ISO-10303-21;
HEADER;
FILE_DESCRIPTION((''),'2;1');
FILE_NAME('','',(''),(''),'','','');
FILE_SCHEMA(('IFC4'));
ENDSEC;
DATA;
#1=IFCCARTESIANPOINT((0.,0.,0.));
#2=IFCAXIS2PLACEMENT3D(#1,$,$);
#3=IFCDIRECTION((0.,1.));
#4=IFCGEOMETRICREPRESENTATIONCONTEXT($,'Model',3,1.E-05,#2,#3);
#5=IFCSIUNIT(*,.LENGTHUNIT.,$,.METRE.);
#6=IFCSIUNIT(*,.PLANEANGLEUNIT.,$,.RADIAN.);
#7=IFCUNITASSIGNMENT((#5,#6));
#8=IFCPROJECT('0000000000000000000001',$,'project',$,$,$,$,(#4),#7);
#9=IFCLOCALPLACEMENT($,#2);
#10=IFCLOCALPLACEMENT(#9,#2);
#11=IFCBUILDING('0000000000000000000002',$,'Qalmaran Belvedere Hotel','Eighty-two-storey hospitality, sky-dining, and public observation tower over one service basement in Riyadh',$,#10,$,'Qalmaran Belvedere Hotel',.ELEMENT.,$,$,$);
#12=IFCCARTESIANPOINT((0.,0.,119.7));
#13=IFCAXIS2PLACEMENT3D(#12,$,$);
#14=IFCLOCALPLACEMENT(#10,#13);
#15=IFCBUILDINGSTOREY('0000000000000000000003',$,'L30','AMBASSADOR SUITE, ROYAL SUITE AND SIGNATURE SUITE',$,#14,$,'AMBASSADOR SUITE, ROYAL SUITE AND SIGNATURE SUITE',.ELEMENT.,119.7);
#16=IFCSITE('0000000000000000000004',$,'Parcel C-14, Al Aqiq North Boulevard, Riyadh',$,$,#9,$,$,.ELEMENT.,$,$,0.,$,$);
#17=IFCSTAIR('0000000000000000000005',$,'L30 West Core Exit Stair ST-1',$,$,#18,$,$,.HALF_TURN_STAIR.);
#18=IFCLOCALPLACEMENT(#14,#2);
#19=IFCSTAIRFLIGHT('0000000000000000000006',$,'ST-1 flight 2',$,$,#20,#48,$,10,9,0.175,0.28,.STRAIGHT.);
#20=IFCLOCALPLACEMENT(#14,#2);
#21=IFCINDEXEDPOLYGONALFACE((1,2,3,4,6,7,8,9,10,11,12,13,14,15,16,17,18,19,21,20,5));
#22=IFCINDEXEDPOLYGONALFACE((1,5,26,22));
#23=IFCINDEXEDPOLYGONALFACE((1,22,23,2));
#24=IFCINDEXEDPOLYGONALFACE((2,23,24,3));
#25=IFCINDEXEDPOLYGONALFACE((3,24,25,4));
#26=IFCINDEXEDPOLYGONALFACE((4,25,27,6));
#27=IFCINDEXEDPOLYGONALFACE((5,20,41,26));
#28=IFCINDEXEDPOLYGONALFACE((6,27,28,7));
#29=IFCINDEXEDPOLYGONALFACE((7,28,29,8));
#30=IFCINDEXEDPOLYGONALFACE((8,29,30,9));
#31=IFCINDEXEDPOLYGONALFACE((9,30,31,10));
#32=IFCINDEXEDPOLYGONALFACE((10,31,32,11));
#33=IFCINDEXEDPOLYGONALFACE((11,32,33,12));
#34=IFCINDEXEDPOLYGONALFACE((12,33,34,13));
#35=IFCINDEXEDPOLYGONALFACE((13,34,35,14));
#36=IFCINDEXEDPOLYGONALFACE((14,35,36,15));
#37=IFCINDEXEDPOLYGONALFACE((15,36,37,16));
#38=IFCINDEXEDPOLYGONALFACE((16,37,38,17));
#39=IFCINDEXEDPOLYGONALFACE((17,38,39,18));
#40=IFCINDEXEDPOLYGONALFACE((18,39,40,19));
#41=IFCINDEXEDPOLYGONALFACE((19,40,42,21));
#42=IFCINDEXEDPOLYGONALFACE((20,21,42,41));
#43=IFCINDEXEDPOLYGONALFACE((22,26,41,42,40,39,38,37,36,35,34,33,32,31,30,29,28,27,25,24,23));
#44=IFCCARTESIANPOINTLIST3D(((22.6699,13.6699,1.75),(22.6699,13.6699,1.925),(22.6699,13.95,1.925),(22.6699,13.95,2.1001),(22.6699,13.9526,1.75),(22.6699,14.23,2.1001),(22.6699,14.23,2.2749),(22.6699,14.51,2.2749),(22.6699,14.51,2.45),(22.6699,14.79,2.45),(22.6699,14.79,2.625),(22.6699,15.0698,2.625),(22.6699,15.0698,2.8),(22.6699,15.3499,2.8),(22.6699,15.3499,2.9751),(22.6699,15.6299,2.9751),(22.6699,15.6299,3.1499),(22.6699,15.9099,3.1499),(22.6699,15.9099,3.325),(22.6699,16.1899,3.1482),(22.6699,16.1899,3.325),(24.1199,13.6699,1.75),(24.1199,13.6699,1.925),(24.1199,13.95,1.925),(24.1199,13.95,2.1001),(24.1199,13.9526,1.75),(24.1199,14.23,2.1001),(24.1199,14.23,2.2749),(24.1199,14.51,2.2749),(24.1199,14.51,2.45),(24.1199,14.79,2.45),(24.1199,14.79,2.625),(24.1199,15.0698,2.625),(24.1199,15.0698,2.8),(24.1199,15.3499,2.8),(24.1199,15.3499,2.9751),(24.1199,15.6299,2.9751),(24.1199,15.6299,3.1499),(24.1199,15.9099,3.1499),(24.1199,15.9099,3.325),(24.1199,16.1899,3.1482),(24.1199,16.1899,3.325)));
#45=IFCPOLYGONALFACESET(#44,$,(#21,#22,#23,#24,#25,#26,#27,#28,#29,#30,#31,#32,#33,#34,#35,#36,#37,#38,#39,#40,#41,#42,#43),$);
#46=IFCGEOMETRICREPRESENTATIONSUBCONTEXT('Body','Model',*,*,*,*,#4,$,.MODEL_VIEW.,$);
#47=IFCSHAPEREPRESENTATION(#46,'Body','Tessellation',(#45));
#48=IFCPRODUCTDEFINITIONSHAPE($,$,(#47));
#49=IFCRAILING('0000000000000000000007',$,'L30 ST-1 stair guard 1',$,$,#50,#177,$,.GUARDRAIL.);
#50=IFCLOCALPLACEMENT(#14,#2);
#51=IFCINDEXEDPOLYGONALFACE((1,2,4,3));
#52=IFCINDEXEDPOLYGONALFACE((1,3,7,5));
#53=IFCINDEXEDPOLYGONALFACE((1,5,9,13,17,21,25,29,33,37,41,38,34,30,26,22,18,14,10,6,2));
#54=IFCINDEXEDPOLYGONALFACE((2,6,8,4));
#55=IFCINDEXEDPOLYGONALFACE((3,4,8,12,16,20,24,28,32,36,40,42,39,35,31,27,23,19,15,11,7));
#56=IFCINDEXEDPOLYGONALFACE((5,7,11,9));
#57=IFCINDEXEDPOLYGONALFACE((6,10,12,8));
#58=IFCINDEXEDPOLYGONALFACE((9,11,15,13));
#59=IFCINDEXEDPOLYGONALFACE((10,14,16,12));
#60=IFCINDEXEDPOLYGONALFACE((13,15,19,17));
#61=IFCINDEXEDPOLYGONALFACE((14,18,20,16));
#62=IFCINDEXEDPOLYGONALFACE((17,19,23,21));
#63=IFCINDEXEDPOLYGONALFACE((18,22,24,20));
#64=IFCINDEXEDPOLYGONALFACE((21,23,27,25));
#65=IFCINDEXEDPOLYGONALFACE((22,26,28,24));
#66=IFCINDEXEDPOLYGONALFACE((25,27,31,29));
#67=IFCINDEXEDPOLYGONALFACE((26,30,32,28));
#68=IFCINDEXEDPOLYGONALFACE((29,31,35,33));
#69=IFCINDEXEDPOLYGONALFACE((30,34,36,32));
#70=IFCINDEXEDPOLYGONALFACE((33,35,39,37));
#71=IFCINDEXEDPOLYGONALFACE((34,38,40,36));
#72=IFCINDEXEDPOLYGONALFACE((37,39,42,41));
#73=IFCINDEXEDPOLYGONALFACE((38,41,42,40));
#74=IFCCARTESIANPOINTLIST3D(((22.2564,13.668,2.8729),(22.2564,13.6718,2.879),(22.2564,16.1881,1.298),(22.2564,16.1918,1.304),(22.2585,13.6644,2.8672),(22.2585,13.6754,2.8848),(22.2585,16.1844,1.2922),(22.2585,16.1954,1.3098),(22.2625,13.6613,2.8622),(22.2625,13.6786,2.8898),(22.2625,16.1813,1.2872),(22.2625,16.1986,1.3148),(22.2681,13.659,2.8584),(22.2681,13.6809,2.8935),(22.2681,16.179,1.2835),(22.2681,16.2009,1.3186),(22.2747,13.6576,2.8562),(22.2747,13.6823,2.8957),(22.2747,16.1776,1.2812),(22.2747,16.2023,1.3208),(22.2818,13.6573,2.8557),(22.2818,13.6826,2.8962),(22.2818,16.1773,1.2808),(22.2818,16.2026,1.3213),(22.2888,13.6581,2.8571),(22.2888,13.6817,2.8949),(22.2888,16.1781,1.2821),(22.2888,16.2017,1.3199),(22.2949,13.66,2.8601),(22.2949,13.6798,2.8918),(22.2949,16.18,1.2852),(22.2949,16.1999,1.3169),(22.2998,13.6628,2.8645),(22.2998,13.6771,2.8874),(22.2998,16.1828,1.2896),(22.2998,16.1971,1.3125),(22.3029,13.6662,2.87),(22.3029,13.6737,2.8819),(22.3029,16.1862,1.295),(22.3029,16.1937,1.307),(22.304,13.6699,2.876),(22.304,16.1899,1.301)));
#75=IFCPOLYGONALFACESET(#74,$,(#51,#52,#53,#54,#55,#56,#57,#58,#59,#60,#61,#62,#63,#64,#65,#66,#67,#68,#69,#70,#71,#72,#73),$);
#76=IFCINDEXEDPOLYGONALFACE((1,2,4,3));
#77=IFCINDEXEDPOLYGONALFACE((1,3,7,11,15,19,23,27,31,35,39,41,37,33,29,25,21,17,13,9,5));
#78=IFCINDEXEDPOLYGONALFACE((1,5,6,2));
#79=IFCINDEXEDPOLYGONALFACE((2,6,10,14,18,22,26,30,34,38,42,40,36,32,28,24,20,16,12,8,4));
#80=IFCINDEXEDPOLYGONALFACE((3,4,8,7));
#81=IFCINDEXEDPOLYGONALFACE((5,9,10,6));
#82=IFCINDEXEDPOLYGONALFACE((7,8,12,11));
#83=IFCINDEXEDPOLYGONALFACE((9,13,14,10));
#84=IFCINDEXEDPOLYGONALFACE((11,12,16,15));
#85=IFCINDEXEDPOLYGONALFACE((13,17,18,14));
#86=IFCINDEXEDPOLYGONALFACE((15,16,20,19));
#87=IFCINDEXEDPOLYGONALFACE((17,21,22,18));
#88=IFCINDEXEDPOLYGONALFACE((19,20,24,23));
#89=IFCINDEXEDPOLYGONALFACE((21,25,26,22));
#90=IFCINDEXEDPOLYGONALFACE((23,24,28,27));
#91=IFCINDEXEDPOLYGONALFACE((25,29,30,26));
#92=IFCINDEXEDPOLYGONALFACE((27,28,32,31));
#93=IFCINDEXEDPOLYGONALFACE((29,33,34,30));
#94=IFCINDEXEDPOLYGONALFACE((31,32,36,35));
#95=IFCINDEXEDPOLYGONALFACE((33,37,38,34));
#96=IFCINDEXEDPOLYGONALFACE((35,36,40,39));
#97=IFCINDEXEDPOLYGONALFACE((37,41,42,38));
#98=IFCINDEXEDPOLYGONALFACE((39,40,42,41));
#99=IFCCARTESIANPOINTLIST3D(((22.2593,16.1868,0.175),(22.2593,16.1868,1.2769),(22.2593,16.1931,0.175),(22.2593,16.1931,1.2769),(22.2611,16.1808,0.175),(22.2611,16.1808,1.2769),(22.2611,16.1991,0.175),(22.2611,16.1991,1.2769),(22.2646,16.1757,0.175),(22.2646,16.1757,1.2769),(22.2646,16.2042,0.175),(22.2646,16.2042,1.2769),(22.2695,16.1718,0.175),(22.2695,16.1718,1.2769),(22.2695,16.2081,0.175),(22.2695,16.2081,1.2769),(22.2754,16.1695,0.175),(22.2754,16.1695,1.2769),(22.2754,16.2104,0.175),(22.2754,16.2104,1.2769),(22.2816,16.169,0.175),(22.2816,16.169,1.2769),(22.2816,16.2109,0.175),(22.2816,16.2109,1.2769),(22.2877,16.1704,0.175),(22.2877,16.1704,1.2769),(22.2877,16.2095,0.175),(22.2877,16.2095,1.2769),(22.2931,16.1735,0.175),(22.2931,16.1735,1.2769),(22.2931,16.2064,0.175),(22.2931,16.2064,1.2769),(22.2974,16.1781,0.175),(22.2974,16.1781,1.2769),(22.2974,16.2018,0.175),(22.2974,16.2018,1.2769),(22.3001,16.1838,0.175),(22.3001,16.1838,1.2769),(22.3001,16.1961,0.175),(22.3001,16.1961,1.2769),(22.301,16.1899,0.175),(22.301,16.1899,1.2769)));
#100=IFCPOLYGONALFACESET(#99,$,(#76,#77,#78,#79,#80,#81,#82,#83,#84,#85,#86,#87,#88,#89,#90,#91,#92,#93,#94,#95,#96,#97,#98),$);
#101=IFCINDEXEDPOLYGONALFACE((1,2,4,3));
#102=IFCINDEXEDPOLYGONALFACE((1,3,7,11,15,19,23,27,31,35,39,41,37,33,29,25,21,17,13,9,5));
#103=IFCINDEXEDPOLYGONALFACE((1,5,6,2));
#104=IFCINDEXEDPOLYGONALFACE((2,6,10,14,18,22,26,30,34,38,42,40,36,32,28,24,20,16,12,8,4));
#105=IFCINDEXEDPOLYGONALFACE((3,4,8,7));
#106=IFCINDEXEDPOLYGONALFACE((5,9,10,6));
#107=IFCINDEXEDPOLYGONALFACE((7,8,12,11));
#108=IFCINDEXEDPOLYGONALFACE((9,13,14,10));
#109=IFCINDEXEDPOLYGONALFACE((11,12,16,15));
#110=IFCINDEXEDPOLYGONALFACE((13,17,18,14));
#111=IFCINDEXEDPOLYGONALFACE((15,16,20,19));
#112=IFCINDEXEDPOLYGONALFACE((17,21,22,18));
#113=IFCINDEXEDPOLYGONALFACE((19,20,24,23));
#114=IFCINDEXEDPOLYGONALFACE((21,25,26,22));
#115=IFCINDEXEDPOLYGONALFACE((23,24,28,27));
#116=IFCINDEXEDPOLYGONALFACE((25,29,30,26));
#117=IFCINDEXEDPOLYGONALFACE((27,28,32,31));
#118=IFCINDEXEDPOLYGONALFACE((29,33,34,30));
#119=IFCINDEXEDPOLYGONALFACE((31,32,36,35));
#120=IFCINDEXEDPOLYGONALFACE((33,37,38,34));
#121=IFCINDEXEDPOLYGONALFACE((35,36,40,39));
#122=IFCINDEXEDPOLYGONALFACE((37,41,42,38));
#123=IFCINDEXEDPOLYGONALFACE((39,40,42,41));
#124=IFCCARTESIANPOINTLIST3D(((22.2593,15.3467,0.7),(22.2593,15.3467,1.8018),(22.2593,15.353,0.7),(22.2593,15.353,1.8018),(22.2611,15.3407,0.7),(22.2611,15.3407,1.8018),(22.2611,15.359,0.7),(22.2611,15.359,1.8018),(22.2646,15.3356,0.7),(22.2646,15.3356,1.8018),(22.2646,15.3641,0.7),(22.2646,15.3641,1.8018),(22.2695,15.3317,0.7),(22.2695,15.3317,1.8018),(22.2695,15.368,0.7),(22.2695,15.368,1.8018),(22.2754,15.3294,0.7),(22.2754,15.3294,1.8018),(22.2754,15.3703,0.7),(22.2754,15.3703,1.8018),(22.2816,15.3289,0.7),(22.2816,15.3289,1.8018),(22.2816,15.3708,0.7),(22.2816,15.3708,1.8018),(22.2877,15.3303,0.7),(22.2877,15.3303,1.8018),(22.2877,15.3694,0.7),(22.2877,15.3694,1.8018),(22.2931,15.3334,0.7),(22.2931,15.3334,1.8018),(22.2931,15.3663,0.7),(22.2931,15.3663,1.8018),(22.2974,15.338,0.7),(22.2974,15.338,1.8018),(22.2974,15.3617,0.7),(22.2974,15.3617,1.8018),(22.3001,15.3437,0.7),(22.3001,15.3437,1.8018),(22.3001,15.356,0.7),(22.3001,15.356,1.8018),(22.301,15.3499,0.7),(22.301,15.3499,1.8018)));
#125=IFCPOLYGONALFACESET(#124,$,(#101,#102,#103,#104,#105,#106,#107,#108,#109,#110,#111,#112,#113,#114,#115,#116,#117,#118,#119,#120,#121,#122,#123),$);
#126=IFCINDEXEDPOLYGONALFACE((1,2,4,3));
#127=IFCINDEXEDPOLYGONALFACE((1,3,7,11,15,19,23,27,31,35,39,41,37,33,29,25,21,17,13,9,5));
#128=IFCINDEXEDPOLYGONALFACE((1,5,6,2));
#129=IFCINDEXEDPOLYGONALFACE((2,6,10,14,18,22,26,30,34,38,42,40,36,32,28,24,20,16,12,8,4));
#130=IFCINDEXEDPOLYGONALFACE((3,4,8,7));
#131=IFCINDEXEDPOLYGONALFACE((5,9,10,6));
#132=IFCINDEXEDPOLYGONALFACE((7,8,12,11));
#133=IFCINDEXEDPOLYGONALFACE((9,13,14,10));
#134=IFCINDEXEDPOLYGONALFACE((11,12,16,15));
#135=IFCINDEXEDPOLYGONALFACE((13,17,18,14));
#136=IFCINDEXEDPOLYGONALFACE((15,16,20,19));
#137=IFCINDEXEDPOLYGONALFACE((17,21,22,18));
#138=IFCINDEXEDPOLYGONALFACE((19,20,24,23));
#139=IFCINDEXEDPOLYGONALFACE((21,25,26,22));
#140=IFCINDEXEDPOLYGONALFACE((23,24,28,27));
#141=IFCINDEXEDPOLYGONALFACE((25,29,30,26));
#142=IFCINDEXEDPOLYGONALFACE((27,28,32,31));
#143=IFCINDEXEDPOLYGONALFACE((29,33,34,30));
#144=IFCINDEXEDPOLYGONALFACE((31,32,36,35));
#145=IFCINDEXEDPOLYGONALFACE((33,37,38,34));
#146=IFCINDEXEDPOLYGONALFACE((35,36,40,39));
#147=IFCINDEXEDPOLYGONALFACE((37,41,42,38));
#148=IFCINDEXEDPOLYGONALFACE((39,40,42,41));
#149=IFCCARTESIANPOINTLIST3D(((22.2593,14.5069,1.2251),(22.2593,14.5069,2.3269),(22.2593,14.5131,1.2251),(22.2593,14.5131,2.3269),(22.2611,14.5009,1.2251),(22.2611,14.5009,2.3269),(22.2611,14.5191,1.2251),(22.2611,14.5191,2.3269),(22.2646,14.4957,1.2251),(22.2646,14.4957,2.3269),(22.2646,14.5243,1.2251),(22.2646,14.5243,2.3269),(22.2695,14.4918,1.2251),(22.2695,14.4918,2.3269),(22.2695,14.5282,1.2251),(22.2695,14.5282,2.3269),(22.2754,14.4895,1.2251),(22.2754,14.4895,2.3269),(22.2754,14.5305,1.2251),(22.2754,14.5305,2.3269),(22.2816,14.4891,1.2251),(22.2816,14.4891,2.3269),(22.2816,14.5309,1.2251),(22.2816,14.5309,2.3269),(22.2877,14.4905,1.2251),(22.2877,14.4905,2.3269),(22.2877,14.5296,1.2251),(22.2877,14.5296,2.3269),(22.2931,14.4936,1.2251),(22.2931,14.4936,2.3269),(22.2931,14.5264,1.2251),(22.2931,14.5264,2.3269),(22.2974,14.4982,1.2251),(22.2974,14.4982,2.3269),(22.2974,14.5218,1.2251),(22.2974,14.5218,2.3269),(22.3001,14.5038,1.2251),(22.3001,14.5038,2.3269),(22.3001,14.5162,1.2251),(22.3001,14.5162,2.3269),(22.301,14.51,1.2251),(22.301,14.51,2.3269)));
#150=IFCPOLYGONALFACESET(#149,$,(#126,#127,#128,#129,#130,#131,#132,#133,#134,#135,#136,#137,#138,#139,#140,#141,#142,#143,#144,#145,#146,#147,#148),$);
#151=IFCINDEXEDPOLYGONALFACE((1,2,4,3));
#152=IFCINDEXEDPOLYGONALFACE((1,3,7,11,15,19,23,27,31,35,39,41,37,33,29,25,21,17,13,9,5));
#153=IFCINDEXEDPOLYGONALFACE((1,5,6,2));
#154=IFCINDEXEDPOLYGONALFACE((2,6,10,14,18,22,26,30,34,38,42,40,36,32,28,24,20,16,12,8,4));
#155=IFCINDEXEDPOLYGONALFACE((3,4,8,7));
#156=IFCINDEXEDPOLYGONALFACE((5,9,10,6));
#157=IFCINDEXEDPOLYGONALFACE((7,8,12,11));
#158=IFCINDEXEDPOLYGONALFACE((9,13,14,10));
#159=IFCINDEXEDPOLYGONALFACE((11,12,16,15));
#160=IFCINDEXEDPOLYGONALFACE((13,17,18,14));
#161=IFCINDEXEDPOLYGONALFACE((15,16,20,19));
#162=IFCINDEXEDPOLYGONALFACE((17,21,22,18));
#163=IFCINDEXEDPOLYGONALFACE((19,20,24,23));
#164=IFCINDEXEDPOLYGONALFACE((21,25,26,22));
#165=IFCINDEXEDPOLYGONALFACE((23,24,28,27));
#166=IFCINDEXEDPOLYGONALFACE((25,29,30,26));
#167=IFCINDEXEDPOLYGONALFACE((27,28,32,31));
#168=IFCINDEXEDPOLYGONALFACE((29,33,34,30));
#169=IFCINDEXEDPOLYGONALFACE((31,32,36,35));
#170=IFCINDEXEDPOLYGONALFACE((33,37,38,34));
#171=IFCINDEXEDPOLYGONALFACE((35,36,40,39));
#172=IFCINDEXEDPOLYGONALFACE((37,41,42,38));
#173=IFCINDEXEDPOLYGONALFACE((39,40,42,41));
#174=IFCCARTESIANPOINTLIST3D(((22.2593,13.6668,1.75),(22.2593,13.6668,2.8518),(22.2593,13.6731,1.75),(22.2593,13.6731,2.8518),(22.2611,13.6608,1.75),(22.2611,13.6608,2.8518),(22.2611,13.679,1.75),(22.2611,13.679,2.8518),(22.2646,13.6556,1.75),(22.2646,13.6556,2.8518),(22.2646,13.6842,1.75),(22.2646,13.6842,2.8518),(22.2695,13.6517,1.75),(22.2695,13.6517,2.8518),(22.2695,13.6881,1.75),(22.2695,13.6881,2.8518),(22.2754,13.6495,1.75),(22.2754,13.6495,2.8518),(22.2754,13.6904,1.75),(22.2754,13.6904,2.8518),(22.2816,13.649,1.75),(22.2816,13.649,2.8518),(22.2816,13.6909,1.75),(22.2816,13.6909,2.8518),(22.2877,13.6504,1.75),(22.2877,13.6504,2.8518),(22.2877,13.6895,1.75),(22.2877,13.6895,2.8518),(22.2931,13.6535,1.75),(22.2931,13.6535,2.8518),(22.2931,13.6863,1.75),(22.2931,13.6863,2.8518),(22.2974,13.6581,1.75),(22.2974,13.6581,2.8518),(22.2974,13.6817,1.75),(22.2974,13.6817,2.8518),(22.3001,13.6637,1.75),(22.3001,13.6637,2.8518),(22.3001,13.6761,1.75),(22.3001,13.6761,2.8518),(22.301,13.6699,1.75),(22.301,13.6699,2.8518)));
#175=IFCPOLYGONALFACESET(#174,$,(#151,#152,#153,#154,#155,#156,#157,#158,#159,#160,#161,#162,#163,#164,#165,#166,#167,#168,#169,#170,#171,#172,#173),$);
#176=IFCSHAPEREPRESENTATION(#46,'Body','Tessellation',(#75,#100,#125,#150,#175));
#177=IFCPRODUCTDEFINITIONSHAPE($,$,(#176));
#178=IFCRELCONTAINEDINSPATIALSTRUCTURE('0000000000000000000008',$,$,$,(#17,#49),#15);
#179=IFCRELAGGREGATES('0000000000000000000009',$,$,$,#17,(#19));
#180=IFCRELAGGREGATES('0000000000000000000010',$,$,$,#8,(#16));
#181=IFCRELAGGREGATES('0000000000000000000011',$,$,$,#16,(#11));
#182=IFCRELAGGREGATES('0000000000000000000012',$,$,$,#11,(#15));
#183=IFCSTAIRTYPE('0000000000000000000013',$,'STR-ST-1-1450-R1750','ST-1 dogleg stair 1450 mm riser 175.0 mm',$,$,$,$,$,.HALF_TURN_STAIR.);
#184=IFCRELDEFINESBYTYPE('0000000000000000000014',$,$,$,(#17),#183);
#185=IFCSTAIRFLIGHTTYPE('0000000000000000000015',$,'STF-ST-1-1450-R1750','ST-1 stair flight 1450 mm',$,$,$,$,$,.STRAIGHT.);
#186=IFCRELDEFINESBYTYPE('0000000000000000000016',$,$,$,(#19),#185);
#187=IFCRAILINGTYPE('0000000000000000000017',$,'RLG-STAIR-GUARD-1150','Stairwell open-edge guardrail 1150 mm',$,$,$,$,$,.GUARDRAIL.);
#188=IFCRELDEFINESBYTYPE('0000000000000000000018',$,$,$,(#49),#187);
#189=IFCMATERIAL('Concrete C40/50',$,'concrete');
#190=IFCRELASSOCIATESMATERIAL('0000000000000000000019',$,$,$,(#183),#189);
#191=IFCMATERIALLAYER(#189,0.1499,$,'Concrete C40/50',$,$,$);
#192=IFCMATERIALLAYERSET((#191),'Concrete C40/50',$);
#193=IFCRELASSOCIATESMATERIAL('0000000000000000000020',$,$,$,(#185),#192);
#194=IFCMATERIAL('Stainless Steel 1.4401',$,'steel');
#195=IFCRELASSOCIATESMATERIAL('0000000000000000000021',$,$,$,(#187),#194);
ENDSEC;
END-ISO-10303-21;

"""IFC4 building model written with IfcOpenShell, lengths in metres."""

from ifc_helpers import new_model, si_unit, direction, frame, origin, origin_2d, place, context, subcontext, project, spatial, polyline, circle, outline, extrude, material, layer, layer_set, type_object, element, aggregate, save


model = new_model("IFC4")

# Units and contexts
model_context = context("Model", 3, precision=1e-05, world=origin(), true_north=direction((0.0, 1.0)))
body_context = subcontext(model_context, "Body", "Model", "MODEL_VIEW")
ifc_project = project(units=[si_unit("LENGTHUNIT", "METRE"), si_unit("PLANEANGLEUNIT", "RADIAN")], contexts=[model_context])

# Site, building, storey
site_placement = place(None, origin())
site = spatial("IfcSite", under=ifc_project, at=site_placement, Name="Parcel C-14, Al Aqiq North Boulevard, Riyadh", CompositionType="ELEMENT", RefElevation=0.0)
building_placement = place(site_placement, origin())
building = spatial("IfcBuilding", under=site, at=building_placement, Name="Qalmaran Belvedere Hotel", Description="Eighty-two-storey hospitality, sky-dining, and public observation tower over one service basement in Riyadh", LongName="Qalmaran Belvedere Hotel", CompositionType="ELEMENT")
storey_placement = place(building_placement, frame((0.0, 0.0, 119.7)))
storey = spatial("IfcBuildingStorey", under=building, at=storey_placement, Name="L30", Description="AMBASSADOR SUITE, ROYAL SUITE AND SIGNATURE SUITE", LongName="AMBASSADOR SUITE, ROYAL SUITE AND SIGNATURE SUITE", CompositionType="ELEMENT", Elevation=119.7)

# Shared definitions
ifc_material_1 = material(Name="Stainless Steel 1.4401", Category="steel")

# Stair, stair flight
ifc_material_2 = material(Name="Concrete C40/50", Category="concrete")
stair_type = type_object("IfcStairType", Name="STR-ST-1-1450-R1750", Description="ST-1 dogleg stair 1450 mm riser 175.0 mm", PredefinedType="HALF_TURN_STAIR", material=ifc_material_2)
stair_placement = place(storey_placement, origin())
stair = element("IfcStair", 1, at=stair_placement, inside=storey, type_object=stair_type, Name="L30 West Core Exit Stair ST-1", PredefinedType="HALF_TURN_STAIR")
ifc_layer_1 = layer(ifc_material_2, 0.1499, Name="Concrete C40/50")
ifc_layer_set_1 = layer_set([ifc_layer_1], Name="Concrete C40/50")
stair_flight_type = type_object("IfcStairFlightType", Name="STF-ST-1-1450-R1750", Description="ST-1 stair flight 1450 mm", PredefinedType="STRAIGHT", material=ifc_layer_set_1)
stair_flight_1_placement = place(storey_placement, frame((23.395, 13.6699, 1.75), z_axis=(0.0, 0.0, 1.0), x_axis=(0.0, 1.0, 0.0)))
stair_flight_1 = element("IfcStairFlight", 2, at=stair_flight_1_placement, type_object=stair_flight_type, Name="ST-1 flight 2", NumberOfRisers=10, NumberOfTreads=9, PredefinedType="STRAIGHT", RiserHeight=0.175, TreadLength=0.28, context=body_context, shape_type="SweptSolid", body=[
    extrude(outline(polyline([(0.0, 0.0), (0.0, 0.175), (0.28, 0.175), (0.28, 0.3501), (0.5601, 0.3501), (0.5601, 0.5249), (0.8401, 0.5249), (0.8401, 0.7), (1.1201, 0.7), (1.1201, 0.875), (1.3999, 0.875), (1.3999, 1.05), (1.6799, 1.05), (1.6799, 1.2251), (1.96, 1.2251), (1.96, 1.3999), (2.24, 1.3999), (2.24, 1.575), (2.52, 1.575), (2.52, 1.75), (2.52, 1.3982), (0.2827, 0.0), (0.0, 0.0)])), frame((0.0, 0.7251, 0.0), z_axis=(0.0, -1.0, 0.0), x_axis=(1.0, 0.0, 0.0)), (0.0, 0.0, 1.0), 1.45),
])
aggregate(stair, [stair_flight_1])

# Railing
railing_type_1 = type_object("IfcRailingType", Name="RLG-STAIR-GUARD-1150", Description="Stairwell open-edge guardrail 1150 mm", PredefinedType="GUARDRAIL", material=ifc_material_1)
railing_1_placement = place(storey_placement, frame((22.28, 16.1899, 0.175)))
element("IfcRailing", 3, at=railing_1_placement, inside=storey, type_object=railing_type_1, Name="L30 ST-1 stair guard 1", PredefinedType="GUARDRAIL", context=body_context, shape_type="SweptSolid", body=[
    extrude(circle(Radius=0.0239, at=origin_2d()), frame((0.0, 0.0, 1.126), z_axis=(0.0, -0.848008, 0.529984), x_axis=(1.0, 0.0, 0.0)), (0.0, 0.0, 1.0), 2.9717),
    extrude(circle(Radius=0.021, at=origin_2d()), origin(), (0.0, 0.0, 1.0), 1.1018),
    extrude(circle(Radius=0.021, at=origin_2d()), frame((0.0, -0.8401, 0.5249)), (0.0, 0.0, 1.0), 1.1018),
    extrude(circle(Radius=0.021, at=origin_2d()), frame((0.0, -1.6799, 1.05)), (0.0, 0.0, 1.0), 1.1018),
    extrude(circle(Radius=0.021, at=origin_2d()), frame((0.0, -2.52, 1.575)), (0.0, 0.0, 1.0), 1.1018),
])

save(model, "model.ifc")
